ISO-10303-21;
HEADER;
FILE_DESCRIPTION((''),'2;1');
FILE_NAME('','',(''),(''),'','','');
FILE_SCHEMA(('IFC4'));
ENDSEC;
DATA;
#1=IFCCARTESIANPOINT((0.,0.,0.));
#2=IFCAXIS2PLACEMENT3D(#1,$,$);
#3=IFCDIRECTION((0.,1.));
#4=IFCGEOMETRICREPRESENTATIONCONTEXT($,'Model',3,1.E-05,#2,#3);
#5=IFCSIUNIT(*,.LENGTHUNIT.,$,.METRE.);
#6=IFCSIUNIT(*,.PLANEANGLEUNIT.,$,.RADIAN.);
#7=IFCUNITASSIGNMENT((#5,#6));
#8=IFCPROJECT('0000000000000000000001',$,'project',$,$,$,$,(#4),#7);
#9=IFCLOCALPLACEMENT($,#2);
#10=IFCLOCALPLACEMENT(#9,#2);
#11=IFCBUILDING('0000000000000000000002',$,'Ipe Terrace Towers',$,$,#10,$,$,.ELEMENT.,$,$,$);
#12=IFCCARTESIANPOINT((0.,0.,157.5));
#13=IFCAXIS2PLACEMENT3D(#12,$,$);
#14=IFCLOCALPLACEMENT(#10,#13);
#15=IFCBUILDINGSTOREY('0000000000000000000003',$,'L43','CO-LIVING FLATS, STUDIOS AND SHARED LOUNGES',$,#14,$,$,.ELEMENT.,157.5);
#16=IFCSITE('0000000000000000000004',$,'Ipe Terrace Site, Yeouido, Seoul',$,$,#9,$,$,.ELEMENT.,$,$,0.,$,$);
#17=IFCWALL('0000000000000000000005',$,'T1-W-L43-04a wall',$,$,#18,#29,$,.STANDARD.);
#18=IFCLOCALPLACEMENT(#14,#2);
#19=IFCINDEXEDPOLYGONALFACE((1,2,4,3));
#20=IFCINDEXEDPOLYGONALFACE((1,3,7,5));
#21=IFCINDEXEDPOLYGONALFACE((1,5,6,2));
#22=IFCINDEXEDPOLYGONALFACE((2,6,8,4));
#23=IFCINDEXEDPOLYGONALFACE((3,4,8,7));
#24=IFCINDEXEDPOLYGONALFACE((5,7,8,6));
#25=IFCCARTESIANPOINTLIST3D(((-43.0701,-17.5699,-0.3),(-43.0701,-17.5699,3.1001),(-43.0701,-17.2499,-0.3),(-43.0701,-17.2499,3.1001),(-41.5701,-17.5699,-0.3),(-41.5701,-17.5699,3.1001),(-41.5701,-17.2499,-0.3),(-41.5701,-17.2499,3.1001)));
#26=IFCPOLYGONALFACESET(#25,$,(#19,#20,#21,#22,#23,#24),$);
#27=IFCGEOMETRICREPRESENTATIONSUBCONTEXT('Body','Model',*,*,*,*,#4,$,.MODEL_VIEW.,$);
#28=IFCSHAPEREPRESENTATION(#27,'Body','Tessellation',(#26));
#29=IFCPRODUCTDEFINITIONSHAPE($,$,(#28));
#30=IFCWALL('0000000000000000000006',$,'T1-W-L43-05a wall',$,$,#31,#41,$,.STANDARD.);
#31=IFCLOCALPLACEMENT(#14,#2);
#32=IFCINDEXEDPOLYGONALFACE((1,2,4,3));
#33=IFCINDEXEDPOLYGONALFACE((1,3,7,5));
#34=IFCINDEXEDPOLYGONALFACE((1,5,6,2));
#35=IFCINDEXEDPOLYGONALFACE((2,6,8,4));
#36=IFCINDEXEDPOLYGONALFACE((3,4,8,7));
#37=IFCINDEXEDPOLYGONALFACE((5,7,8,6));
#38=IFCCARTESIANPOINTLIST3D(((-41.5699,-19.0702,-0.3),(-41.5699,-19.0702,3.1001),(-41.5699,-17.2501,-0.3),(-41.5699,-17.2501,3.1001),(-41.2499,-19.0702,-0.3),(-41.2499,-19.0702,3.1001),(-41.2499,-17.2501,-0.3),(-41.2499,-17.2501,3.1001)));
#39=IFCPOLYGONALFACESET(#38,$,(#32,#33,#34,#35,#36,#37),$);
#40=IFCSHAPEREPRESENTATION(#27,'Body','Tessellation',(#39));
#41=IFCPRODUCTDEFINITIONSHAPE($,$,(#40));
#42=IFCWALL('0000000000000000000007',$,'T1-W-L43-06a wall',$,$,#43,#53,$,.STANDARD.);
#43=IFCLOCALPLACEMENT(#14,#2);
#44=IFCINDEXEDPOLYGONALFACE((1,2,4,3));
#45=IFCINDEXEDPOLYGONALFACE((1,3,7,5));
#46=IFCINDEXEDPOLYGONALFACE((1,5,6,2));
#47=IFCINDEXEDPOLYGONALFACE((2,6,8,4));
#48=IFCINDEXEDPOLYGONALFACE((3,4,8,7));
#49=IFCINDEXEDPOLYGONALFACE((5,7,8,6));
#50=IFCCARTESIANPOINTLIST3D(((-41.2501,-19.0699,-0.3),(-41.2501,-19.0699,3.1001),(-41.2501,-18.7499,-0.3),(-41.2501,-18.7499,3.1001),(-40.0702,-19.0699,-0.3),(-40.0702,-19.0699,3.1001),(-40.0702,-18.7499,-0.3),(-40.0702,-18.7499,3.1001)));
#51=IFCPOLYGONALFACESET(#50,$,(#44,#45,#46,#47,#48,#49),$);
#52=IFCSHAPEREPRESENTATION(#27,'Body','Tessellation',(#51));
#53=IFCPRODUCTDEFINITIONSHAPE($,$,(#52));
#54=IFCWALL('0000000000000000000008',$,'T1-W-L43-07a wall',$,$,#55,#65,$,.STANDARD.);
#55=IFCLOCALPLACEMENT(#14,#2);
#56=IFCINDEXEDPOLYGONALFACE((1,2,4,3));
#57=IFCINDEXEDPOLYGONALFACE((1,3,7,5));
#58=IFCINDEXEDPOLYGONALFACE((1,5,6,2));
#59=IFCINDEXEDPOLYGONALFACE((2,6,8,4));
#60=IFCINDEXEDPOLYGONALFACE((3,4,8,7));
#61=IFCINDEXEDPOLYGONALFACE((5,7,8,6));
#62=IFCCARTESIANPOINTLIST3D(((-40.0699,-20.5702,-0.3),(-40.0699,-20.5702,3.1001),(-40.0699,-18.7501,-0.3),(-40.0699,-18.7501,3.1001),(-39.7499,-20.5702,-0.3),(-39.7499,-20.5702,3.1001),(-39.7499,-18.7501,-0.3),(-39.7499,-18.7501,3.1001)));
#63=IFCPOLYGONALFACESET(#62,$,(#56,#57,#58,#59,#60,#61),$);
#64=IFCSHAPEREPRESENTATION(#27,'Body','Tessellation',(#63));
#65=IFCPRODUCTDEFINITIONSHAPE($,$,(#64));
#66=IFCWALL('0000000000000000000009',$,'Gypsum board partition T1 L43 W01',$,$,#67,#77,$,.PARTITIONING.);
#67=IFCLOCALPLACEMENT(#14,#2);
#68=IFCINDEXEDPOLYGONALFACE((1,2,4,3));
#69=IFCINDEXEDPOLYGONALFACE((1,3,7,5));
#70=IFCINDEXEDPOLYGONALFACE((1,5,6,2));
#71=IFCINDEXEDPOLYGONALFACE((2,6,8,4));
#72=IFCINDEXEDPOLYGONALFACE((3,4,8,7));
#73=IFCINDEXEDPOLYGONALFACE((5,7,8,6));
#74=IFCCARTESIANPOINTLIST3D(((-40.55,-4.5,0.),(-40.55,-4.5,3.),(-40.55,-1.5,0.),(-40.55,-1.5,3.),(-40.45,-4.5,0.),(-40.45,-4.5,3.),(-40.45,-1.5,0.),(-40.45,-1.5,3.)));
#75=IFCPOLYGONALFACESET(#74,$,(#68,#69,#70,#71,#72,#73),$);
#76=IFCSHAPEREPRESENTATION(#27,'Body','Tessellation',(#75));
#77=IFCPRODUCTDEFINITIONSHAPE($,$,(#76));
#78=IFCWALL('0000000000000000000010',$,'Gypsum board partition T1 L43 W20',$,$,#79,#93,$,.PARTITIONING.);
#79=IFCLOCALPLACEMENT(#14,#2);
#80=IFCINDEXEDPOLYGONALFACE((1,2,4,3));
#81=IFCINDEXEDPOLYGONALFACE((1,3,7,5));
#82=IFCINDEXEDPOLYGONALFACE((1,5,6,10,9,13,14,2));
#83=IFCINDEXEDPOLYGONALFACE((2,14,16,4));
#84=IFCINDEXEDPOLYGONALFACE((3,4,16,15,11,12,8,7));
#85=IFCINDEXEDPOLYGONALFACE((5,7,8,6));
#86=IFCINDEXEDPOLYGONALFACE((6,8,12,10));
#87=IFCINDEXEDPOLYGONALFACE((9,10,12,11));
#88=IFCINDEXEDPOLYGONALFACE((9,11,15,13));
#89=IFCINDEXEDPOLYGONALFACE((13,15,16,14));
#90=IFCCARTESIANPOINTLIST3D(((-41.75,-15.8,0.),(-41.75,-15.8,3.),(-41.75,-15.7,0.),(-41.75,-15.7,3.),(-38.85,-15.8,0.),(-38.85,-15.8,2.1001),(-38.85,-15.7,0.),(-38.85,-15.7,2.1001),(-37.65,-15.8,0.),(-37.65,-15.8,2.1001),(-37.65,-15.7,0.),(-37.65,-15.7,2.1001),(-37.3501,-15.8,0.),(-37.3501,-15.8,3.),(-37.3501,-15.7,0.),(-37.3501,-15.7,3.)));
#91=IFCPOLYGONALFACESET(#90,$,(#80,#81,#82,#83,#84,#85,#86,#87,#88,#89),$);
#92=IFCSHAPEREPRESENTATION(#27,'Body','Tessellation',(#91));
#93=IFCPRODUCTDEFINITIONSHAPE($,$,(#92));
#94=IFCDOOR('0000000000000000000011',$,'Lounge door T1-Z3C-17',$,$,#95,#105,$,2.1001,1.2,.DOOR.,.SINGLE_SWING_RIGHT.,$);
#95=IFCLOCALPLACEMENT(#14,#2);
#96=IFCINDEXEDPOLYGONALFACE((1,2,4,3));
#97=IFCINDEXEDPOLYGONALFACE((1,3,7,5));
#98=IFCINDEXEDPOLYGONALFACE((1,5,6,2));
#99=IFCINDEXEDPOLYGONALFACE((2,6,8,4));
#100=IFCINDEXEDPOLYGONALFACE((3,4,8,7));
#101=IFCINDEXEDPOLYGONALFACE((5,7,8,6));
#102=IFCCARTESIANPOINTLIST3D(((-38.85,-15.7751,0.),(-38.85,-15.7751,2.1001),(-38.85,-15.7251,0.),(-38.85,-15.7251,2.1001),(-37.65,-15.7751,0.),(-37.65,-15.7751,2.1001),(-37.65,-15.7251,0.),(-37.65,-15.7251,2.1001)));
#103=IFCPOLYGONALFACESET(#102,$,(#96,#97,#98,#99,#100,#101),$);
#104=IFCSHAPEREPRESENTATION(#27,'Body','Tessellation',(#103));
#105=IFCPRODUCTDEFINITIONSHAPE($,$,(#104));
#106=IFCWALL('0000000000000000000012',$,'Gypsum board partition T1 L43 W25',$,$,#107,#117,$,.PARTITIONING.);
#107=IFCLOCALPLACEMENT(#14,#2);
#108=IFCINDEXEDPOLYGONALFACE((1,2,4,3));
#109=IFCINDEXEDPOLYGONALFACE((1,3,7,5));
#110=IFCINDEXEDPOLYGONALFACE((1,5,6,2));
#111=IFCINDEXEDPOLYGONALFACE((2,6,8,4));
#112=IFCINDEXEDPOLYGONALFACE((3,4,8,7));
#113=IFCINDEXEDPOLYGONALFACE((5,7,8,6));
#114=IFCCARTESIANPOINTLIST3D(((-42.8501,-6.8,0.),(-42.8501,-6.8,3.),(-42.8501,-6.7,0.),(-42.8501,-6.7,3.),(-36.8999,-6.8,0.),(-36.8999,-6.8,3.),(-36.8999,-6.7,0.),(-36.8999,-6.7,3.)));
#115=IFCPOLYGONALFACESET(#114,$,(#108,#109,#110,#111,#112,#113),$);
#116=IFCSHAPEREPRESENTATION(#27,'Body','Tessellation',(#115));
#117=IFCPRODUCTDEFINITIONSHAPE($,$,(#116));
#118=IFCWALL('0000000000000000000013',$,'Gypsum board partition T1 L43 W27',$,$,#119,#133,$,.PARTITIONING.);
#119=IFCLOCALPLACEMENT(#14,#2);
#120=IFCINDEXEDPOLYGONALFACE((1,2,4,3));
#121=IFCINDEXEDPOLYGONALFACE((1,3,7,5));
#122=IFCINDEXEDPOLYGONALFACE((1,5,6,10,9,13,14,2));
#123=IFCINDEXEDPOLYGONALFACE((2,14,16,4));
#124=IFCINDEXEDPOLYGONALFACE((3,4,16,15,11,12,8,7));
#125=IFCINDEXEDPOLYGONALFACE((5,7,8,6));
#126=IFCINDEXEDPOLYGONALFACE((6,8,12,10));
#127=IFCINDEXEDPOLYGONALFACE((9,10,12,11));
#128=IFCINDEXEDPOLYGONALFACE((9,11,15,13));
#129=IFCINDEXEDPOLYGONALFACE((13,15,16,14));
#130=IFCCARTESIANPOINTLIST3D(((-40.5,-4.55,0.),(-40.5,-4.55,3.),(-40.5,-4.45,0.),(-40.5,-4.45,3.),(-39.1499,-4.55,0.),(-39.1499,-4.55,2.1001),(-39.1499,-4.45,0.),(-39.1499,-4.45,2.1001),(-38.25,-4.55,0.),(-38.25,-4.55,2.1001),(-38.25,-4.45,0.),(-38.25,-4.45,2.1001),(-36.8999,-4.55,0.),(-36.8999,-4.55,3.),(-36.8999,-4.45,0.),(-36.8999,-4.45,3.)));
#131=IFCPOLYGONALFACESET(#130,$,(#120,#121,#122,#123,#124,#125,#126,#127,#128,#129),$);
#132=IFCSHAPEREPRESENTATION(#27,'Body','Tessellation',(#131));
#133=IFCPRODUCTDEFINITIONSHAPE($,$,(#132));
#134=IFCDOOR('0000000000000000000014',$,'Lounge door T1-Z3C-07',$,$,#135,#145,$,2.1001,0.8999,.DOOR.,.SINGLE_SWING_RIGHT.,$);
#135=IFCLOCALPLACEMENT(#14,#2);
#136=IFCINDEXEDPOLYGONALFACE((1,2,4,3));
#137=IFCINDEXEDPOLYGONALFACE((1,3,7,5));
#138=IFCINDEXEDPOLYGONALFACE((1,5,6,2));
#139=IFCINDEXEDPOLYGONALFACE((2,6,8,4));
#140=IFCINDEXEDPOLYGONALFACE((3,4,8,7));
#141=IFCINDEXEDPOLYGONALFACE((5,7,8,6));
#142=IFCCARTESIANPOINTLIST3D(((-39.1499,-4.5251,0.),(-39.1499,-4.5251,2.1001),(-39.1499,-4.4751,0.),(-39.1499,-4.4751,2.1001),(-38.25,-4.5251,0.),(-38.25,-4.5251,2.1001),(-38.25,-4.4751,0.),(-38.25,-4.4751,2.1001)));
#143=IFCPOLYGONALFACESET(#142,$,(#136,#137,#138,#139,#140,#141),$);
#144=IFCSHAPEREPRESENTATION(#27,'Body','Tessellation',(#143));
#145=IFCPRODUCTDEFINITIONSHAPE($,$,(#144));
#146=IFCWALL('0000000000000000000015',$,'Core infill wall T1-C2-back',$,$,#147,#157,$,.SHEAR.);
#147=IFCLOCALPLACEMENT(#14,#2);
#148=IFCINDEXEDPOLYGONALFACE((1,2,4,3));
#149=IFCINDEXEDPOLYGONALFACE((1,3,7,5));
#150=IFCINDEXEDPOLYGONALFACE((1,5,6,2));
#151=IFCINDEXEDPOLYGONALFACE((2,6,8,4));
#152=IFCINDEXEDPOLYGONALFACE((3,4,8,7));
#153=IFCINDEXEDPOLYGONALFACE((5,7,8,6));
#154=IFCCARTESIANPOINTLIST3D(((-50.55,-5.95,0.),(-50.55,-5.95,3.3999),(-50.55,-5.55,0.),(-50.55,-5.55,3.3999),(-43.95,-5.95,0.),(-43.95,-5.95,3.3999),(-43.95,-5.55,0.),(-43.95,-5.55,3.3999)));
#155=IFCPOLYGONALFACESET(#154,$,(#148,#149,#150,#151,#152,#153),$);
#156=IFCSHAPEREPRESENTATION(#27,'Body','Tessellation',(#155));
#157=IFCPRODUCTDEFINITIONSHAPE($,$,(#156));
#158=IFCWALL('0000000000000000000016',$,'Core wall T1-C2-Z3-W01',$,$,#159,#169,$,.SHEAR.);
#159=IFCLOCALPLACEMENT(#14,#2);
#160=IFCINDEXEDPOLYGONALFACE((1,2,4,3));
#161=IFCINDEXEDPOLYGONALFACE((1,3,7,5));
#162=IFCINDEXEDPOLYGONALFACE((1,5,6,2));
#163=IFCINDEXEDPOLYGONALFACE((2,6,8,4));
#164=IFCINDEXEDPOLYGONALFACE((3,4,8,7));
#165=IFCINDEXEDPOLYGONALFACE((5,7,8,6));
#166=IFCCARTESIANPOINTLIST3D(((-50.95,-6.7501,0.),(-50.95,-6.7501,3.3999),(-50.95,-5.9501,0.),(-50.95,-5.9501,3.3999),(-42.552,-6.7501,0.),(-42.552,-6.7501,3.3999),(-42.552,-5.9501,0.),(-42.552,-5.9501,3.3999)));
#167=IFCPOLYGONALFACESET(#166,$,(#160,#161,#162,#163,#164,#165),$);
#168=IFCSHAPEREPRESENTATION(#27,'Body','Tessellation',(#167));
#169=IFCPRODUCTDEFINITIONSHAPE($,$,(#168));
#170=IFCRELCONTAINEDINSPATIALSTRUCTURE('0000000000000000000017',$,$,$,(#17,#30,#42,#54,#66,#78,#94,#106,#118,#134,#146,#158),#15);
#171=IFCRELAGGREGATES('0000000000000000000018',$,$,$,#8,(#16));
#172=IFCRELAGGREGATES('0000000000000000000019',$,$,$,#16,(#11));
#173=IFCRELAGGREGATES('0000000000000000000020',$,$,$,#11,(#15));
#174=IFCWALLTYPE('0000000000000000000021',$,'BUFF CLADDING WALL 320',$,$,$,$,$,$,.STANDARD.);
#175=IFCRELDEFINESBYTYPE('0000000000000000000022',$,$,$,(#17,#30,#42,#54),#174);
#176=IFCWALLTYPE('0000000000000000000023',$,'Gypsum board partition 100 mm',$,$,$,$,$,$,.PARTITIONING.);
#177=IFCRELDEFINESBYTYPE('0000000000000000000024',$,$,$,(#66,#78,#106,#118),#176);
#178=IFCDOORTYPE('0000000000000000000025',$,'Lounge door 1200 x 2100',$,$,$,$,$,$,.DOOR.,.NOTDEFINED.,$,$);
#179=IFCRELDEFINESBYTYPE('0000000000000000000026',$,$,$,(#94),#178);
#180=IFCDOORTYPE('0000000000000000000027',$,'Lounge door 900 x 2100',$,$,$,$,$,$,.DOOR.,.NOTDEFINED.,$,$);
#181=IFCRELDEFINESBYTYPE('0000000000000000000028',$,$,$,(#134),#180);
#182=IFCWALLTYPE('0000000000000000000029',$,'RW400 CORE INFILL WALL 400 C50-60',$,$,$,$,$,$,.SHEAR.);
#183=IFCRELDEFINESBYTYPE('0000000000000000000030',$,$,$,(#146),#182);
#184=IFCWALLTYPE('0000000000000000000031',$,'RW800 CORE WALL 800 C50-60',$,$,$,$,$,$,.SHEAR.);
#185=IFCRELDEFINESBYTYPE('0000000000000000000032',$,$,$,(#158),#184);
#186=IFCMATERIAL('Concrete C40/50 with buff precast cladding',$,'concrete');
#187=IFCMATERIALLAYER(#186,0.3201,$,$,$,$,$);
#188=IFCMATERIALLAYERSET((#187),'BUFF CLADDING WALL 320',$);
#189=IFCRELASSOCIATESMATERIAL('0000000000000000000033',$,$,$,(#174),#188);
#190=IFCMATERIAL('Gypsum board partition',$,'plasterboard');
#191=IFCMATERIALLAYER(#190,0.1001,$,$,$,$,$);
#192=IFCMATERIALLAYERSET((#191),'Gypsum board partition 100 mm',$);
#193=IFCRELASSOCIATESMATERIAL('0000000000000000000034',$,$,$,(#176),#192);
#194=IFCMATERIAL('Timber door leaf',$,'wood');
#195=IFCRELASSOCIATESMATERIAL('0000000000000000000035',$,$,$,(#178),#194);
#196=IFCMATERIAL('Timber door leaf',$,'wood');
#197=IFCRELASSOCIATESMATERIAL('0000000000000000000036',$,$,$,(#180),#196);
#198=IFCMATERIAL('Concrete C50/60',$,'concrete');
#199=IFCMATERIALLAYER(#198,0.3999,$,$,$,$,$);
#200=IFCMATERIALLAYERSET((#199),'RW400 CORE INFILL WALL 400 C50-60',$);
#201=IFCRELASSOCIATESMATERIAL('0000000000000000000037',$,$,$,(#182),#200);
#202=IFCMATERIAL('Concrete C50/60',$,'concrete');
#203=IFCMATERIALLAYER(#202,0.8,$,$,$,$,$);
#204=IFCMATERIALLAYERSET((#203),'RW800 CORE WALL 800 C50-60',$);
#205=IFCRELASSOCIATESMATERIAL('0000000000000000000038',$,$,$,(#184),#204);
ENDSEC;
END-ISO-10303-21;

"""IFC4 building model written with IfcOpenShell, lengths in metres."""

from ifc_helpers import new_model, si_unit, direction, frame, frame_2d, origin, place, context, subcontext, project, spatial, rectangle, extrude, material, layer, layer_set, type_object, element, fill, save


model = new_model("IFC4")

# Units and contexts
model_context = context("Model", 3, precision=1e-05, world=origin(), true_north=direction((0.0, 1.0)))
body_context = subcontext(model_context, "Body", "Model", "MODEL_VIEW")
ifc_project = project(units=[si_unit("LENGTHUNIT", "METRE"), si_unit("PLANEANGLEUNIT", "RADIAN")], contexts=[model_context])

# Site, building, storey
site_placement = place(None, origin())
site = spatial("IfcSite", under=ifc_project, at=site_placement, Name="Ipe Terrace Site, Yeouido, Seoul", CompositionType="ELEMENT", RefElevation=0.0)
building_placement = place(site_placement, origin())
building = spatial("IfcBuilding", under=site, at=building_placement, Name="Ipe Terrace Towers", CompositionType="ELEMENT")
storey_placement = place(building_placement, frame((0.0, 0.0, 157.5)))
storey = spatial("IfcBuildingStorey", under=building, at=storey_placement, Name="L43", Description="CO-LIVING FLATS, STUDIOS AND SHARED LOUNGES", CompositionType="ELEMENT", Elevation=157.5)

# Walls
ifc_material_1 = material(Name="Concrete C40/50 with buff precast cladding", Category="concrete")
ifc_layer_1 = layer(ifc_material_1, 0.3201)
ifc_layer_set_1 = layer_set([ifc_layer_1], Name="BUFF CLADDING WALL 320")
wall_type_1 = type_object("IfcWallType", Name="BUFF CLADDING WALL 320", PredefinedType="STANDARD", material=ifc_layer_set_1)
wall_1_placement = place(storey_placement, frame((-43.0701, -17.4099, -0.3), z_axis=(0.0, 0.0, 1.0), x_axis=(1.0, 0.0, 0.0)))
element("IfcWall", 1, at=wall_1_placement, inside=storey, type_object=wall_type_1, Name="T1-W-L43-04a wall", PredefinedType="STANDARD", context=body_context, shape_type="SweptSolid", body=[
    extrude(rectangle(XDim=1.5, YDim=0.3201, at=frame_2d((0.75, 0.0))), origin(), (0.0, 0.0, 1.0), 3.4001),
])
wall_2_placement = place(storey_placement, frame((-41.4099, -17.25, -0.3), z_axis=(0.0, 0.0, 1.0), x_axis=(0.0, -1.0, 0.0)))
element("IfcWall", 2, at=wall_2_placement, inside=storey, type_object=wall_type_1, Name="T1-W-L43-05a wall", PredefinedType="STANDARD", context=body_context, shape_type="SweptSolid", body=[
    extrude(rectangle(XDim=1.8201, YDim=0.3201, at=frame_2d((0.9102, 0.0))), origin(), (0.0, 0.0, 1.0), 3.4001),
])
wall_3_placement = place(storey_placement, frame((-41.25, -18.9099, -0.3), z_axis=(0.0, 0.0, 1.0), x_axis=(1.0, 0.0, 0.0)))
element("IfcWall", 3, at=wall_3_placement, inside=storey, type_object=wall_type_1, Name="T1-W-L43-06a wall", PredefinedType="STANDARD", context=body_context, shape_type="SweptSolid", body=[
    extrude(rectangle(XDim=1.1799, YDim=0.3201, at=frame_2d((0.5898, 0.0))), origin(), (0.0, 0.0, 1.0), 3.4001),
])
wall_4_placement = place(storey_placement, frame((-39.9099, -18.75, -0.3), z_axis=(0.0, 0.0, 1.0), x_axis=(0.0, -1.0, 0.0)))
element("IfcWall", 4, at=wall_4_placement, inside=storey, type_object=wall_type_1, Name="T1-W-L43-07a wall", PredefinedType="STANDARD", context=body_context, shape_type="SweptSolid", body=[
    extrude(rectangle(XDim=1.8201, YDim=0.3201, at=frame_2d((0.9102, 0.0))), origin(), (0.0, 0.0, 1.0), 3.4001),
])
ifc_material_2 = material(Name="Gypsum board partition", Category="plasterboard")
ifc_layer_2 = layer(ifc_material_2, 0.1001)
ifc_layer_set_2 = layer_set([ifc_layer_2], Name="Gypsum board partition 100 mm")
wall_type_2 = type_object("IfcWallType", Name="Gypsum board partition 100 mm", PredefinedType="PARTITIONING", material=ifc_layer_set_2)
wall_5_placement = place(storey_placement, frame((-40.5, -4.5, 0.0), z_axis=(0.0, 0.0, 1.0), x_axis=(0.0, 1.0, 0.0)))
element("IfcWall", 5, at=wall_5_placement, inside=storey, type_object=wall_type_2, Name="Gypsum board partition T1 L43 W01", PredefinedType="PARTITIONING", context=body_context, shape_type="SweptSolid", body=[
    extrude(rectangle(XDim=3.0, YDim=0.1001, at=frame_2d((1.5, 0.0))), origin(), (0.0, 0.0, 1.0), 3.0),
])

# Wall, opening, door
wall_6_placement = place(storey_placement, frame((-41.75, -15.75, 0.0), z_axis=(0.0, 0.0, 1.0), x_axis=(1.0, 0.0, 0.0)))
wall_6 = element("IfcWall", 6, at=wall_6_placement, inside=storey, type_object=wall_type_2, Name="Gypsum board partition T1 L43 W20", PredefinedType="PARTITIONING", context=body_context, shape_type="SweptSolid", body=[
    extrude(rectangle(XDim=4.3999, YDim=0.1001, at=frame_2d((2.2, 0.0))), origin(), (0.0, 0.0, 1.0), 3.0),
])
opening_1_placement = place(wall_6_placement, frame((2.8999, 0.0, 0.0)))
opening_1 = element("IfcOpeningElement", 7, at=opening_1_placement, cuts=wall_6, PredefinedType="OPENING", context=body_context, shape_type="SweptSolid", body=[
    extrude(rectangle(XDim=1.2, YDim=2.1001, at=frame_2d((0.6001, 1.05))), frame((0.0, 0.0601, 0.0), z_axis=(0.0, -1.0, 0.0), x_axis=(1.0, 0.0, 0.0)), (0.0, 0.0, 1.0), 0.1201),
])
ifc_material_3 = material(Name="Timber door leaf", Category="wood")
door_type_1 = type_object("IfcDoorType", Name="Lounge door 1200 x 2100", OperationType="NOTDEFINED", PredefinedType="DOOR", material=ifc_material_3)
door_1_placement = place(opening_1_placement, origin())
door_1 = element("IfcDoor", 8, at=door_1_placement, inside=storey, type_object=door_type_1, Name="Lounge door T1-Z3C-17", OperationType="SINGLE_SWING_RIGHT", OverallHeight=2.1001, OverallWidth=1.2, PredefinedType="DOOR", context=body_context, shape_type="SweptSolid", body=[
    extrude(rectangle(XDim=1.2, YDim=2.1001, at=frame_2d((0.6001, 1.05))), frame((0.0, 0.0249, 0.0), z_axis=(0.0, -1.0, 0.0), x_axis=(1.0, 0.0, 0.0)), (0.0, 0.0, 1.0), 0.05),
])
fill(opening_1, door_1)

# Wall
wall_7_placement = place(storey_placement, frame((-42.8501, -6.75, 0.0), z_axis=(0.0, 0.0, 1.0), x_axis=(1.0, 0.0, 0.0)))
element("IfcWall", 9, at=wall_7_placement, inside=storey, type_object=wall_type_2, Name="Gypsum board partition T1 L43 W25", PredefinedType="PARTITIONING", context=body_context, shape_type="SweptSolid", body=[
    extrude(rectangle(XDim=5.9502, YDim=0.1001, at=frame_2d((2.9751, 0.0))), origin(), (0.0, 0.0, 1.0), 3.0),
])

# Wall, opening, door
wall_8_placement = place(storey_placement, frame((-40.5, -4.5, 0.0), z_axis=(0.0, 0.0, 1.0), x_axis=(1.0, 0.0, 0.0)))
wall_8 = element("IfcWall", 10, at=wall_8_placement, inside=storey, type_object=wall_type_2, Name="Gypsum board partition T1 L43 W27", PredefinedType="PARTITIONING", context=body_context, shape_type="SweptSolid", body=[
    extrude(rectangle(XDim=3.6001, YDim=0.1001, at=frame_2d((1.8, 0.0))), origin(), (0.0, 0.0, 1.0), 3.0),
])
opening_2_placement = place(wall_8_placement, frame((1.3501, 0.0, 0.0)))
opening_2 = element("IfcOpeningElement", 11, at=opening_2_placement, cuts=wall_8, PredefinedType="OPENING", context=body_context, shape_type="SweptSolid", body=[
    extrude(rectangle(XDim=0.8999, YDim=2.1001, at=frame_2d((0.45, 1.05))), frame((0.0, 0.0601, 0.0), z_axis=(0.0, -1.0, 0.0), x_axis=(1.0, 0.0, 0.0)), (0.0, 0.0, 1.0), 0.1201),
])
ifc_material_4 = material(Name="Timber door leaf", Category="wood")
door_type_2 = type_object("IfcDoorType", Name="Lounge door 900 x 2100", OperationType="NOTDEFINED", PredefinedType="DOOR", material=ifc_material_4)
door_2_placement = place(opening_2_placement, origin())
door_2 = element("IfcDoor", 12, at=door_2_placement, inside=storey, type_object=door_type_2, Name="Lounge door T1-Z3C-07", OperationType="SINGLE_SWING_RIGHT", OverallHeight=2.1001, OverallWidth=0.8999, PredefinedType="DOOR", context=body_context, shape_type="SweptSolid", body=[
    extrude(rectangle(XDim=0.8999, YDim=2.1001, at=frame_2d((0.45, 1.05))), frame((0.0, 0.0249, 0.0), z_axis=(0.0, -1.0, 0.0), x_axis=(1.0, 0.0, 0.0)), (0.0, 0.0, 1.0), 0.05),
])
fill(opening_2, door_2)

# Walls
ifc_material_5 = material(Name="Concrete C50/60", Category="concrete")
ifc_layer_3 = layer(ifc_material_5, 0.3999)
ifc_layer_set_3 = layer_set([ifc_layer_3], Name="RW400 CORE INFILL WALL 400 C50-60")
wall_type_3 = type_object("IfcWallType", Name="RW400 CORE INFILL WALL 400 C50-60", PredefinedType="SHEAR", material=ifc_layer_set_3)
wall_9_placement = place(storey_placement, frame((-43.95, -5.75, 0.0), z_axis=(0.0, 0.0, 1.0), x_axis=(-1.0, 0.0, 0.0)))
element("IfcWall", 13, at=wall_9_placement, inside=storey, type_object=wall_type_3, Name="Core infill wall T1-C2-back", PredefinedType="SHEAR", context=body_context, shape_type="SweptSolid", body=[
    extrude(rectangle(XDim=6.6001, YDim=0.3999, at=frame_2d((3.3, 0.0))), origin(), (0.0, 0.0, 1.0), 3.3999),
])
ifc_material_6 = material(Name="Concrete C50/60", Category="concrete")
ifc_layer_4 = layer(ifc_material_6, 0.8)
ifc_layer_set_4 = layer_set([ifc_layer_4], Name="RW800 CORE WALL 800 C50-60")
wall_type_4 = type_object("IfcWallType", Name="RW800 CORE WALL 800 C50-60", PredefinedType="SHEAR", material=ifc_layer_set_4)
wall_10_placement = place(storey_placement, frame((-50.95, -6.3501, 0.0), z_axis=(0.0, 0.0, 1.0), x_axis=(1.0, 0.0, 0.0)))
element("IfcWall", 14, at=wall_10_placement, inside=storey, type_object=wall_type_4, Name="Core wall T1-C2-Z3-W01", PredefinedType="SHEAR", context=body_context, shape_type="SweptSolid", body=[
    extrude(rectangle(XDim=8.3979, YDim=0.8, at=frame_2d((4.199, 0.0))), origin(), (0.0, 0.0, 1.0), 3.3999),
])

save(model, "model.ifc")
